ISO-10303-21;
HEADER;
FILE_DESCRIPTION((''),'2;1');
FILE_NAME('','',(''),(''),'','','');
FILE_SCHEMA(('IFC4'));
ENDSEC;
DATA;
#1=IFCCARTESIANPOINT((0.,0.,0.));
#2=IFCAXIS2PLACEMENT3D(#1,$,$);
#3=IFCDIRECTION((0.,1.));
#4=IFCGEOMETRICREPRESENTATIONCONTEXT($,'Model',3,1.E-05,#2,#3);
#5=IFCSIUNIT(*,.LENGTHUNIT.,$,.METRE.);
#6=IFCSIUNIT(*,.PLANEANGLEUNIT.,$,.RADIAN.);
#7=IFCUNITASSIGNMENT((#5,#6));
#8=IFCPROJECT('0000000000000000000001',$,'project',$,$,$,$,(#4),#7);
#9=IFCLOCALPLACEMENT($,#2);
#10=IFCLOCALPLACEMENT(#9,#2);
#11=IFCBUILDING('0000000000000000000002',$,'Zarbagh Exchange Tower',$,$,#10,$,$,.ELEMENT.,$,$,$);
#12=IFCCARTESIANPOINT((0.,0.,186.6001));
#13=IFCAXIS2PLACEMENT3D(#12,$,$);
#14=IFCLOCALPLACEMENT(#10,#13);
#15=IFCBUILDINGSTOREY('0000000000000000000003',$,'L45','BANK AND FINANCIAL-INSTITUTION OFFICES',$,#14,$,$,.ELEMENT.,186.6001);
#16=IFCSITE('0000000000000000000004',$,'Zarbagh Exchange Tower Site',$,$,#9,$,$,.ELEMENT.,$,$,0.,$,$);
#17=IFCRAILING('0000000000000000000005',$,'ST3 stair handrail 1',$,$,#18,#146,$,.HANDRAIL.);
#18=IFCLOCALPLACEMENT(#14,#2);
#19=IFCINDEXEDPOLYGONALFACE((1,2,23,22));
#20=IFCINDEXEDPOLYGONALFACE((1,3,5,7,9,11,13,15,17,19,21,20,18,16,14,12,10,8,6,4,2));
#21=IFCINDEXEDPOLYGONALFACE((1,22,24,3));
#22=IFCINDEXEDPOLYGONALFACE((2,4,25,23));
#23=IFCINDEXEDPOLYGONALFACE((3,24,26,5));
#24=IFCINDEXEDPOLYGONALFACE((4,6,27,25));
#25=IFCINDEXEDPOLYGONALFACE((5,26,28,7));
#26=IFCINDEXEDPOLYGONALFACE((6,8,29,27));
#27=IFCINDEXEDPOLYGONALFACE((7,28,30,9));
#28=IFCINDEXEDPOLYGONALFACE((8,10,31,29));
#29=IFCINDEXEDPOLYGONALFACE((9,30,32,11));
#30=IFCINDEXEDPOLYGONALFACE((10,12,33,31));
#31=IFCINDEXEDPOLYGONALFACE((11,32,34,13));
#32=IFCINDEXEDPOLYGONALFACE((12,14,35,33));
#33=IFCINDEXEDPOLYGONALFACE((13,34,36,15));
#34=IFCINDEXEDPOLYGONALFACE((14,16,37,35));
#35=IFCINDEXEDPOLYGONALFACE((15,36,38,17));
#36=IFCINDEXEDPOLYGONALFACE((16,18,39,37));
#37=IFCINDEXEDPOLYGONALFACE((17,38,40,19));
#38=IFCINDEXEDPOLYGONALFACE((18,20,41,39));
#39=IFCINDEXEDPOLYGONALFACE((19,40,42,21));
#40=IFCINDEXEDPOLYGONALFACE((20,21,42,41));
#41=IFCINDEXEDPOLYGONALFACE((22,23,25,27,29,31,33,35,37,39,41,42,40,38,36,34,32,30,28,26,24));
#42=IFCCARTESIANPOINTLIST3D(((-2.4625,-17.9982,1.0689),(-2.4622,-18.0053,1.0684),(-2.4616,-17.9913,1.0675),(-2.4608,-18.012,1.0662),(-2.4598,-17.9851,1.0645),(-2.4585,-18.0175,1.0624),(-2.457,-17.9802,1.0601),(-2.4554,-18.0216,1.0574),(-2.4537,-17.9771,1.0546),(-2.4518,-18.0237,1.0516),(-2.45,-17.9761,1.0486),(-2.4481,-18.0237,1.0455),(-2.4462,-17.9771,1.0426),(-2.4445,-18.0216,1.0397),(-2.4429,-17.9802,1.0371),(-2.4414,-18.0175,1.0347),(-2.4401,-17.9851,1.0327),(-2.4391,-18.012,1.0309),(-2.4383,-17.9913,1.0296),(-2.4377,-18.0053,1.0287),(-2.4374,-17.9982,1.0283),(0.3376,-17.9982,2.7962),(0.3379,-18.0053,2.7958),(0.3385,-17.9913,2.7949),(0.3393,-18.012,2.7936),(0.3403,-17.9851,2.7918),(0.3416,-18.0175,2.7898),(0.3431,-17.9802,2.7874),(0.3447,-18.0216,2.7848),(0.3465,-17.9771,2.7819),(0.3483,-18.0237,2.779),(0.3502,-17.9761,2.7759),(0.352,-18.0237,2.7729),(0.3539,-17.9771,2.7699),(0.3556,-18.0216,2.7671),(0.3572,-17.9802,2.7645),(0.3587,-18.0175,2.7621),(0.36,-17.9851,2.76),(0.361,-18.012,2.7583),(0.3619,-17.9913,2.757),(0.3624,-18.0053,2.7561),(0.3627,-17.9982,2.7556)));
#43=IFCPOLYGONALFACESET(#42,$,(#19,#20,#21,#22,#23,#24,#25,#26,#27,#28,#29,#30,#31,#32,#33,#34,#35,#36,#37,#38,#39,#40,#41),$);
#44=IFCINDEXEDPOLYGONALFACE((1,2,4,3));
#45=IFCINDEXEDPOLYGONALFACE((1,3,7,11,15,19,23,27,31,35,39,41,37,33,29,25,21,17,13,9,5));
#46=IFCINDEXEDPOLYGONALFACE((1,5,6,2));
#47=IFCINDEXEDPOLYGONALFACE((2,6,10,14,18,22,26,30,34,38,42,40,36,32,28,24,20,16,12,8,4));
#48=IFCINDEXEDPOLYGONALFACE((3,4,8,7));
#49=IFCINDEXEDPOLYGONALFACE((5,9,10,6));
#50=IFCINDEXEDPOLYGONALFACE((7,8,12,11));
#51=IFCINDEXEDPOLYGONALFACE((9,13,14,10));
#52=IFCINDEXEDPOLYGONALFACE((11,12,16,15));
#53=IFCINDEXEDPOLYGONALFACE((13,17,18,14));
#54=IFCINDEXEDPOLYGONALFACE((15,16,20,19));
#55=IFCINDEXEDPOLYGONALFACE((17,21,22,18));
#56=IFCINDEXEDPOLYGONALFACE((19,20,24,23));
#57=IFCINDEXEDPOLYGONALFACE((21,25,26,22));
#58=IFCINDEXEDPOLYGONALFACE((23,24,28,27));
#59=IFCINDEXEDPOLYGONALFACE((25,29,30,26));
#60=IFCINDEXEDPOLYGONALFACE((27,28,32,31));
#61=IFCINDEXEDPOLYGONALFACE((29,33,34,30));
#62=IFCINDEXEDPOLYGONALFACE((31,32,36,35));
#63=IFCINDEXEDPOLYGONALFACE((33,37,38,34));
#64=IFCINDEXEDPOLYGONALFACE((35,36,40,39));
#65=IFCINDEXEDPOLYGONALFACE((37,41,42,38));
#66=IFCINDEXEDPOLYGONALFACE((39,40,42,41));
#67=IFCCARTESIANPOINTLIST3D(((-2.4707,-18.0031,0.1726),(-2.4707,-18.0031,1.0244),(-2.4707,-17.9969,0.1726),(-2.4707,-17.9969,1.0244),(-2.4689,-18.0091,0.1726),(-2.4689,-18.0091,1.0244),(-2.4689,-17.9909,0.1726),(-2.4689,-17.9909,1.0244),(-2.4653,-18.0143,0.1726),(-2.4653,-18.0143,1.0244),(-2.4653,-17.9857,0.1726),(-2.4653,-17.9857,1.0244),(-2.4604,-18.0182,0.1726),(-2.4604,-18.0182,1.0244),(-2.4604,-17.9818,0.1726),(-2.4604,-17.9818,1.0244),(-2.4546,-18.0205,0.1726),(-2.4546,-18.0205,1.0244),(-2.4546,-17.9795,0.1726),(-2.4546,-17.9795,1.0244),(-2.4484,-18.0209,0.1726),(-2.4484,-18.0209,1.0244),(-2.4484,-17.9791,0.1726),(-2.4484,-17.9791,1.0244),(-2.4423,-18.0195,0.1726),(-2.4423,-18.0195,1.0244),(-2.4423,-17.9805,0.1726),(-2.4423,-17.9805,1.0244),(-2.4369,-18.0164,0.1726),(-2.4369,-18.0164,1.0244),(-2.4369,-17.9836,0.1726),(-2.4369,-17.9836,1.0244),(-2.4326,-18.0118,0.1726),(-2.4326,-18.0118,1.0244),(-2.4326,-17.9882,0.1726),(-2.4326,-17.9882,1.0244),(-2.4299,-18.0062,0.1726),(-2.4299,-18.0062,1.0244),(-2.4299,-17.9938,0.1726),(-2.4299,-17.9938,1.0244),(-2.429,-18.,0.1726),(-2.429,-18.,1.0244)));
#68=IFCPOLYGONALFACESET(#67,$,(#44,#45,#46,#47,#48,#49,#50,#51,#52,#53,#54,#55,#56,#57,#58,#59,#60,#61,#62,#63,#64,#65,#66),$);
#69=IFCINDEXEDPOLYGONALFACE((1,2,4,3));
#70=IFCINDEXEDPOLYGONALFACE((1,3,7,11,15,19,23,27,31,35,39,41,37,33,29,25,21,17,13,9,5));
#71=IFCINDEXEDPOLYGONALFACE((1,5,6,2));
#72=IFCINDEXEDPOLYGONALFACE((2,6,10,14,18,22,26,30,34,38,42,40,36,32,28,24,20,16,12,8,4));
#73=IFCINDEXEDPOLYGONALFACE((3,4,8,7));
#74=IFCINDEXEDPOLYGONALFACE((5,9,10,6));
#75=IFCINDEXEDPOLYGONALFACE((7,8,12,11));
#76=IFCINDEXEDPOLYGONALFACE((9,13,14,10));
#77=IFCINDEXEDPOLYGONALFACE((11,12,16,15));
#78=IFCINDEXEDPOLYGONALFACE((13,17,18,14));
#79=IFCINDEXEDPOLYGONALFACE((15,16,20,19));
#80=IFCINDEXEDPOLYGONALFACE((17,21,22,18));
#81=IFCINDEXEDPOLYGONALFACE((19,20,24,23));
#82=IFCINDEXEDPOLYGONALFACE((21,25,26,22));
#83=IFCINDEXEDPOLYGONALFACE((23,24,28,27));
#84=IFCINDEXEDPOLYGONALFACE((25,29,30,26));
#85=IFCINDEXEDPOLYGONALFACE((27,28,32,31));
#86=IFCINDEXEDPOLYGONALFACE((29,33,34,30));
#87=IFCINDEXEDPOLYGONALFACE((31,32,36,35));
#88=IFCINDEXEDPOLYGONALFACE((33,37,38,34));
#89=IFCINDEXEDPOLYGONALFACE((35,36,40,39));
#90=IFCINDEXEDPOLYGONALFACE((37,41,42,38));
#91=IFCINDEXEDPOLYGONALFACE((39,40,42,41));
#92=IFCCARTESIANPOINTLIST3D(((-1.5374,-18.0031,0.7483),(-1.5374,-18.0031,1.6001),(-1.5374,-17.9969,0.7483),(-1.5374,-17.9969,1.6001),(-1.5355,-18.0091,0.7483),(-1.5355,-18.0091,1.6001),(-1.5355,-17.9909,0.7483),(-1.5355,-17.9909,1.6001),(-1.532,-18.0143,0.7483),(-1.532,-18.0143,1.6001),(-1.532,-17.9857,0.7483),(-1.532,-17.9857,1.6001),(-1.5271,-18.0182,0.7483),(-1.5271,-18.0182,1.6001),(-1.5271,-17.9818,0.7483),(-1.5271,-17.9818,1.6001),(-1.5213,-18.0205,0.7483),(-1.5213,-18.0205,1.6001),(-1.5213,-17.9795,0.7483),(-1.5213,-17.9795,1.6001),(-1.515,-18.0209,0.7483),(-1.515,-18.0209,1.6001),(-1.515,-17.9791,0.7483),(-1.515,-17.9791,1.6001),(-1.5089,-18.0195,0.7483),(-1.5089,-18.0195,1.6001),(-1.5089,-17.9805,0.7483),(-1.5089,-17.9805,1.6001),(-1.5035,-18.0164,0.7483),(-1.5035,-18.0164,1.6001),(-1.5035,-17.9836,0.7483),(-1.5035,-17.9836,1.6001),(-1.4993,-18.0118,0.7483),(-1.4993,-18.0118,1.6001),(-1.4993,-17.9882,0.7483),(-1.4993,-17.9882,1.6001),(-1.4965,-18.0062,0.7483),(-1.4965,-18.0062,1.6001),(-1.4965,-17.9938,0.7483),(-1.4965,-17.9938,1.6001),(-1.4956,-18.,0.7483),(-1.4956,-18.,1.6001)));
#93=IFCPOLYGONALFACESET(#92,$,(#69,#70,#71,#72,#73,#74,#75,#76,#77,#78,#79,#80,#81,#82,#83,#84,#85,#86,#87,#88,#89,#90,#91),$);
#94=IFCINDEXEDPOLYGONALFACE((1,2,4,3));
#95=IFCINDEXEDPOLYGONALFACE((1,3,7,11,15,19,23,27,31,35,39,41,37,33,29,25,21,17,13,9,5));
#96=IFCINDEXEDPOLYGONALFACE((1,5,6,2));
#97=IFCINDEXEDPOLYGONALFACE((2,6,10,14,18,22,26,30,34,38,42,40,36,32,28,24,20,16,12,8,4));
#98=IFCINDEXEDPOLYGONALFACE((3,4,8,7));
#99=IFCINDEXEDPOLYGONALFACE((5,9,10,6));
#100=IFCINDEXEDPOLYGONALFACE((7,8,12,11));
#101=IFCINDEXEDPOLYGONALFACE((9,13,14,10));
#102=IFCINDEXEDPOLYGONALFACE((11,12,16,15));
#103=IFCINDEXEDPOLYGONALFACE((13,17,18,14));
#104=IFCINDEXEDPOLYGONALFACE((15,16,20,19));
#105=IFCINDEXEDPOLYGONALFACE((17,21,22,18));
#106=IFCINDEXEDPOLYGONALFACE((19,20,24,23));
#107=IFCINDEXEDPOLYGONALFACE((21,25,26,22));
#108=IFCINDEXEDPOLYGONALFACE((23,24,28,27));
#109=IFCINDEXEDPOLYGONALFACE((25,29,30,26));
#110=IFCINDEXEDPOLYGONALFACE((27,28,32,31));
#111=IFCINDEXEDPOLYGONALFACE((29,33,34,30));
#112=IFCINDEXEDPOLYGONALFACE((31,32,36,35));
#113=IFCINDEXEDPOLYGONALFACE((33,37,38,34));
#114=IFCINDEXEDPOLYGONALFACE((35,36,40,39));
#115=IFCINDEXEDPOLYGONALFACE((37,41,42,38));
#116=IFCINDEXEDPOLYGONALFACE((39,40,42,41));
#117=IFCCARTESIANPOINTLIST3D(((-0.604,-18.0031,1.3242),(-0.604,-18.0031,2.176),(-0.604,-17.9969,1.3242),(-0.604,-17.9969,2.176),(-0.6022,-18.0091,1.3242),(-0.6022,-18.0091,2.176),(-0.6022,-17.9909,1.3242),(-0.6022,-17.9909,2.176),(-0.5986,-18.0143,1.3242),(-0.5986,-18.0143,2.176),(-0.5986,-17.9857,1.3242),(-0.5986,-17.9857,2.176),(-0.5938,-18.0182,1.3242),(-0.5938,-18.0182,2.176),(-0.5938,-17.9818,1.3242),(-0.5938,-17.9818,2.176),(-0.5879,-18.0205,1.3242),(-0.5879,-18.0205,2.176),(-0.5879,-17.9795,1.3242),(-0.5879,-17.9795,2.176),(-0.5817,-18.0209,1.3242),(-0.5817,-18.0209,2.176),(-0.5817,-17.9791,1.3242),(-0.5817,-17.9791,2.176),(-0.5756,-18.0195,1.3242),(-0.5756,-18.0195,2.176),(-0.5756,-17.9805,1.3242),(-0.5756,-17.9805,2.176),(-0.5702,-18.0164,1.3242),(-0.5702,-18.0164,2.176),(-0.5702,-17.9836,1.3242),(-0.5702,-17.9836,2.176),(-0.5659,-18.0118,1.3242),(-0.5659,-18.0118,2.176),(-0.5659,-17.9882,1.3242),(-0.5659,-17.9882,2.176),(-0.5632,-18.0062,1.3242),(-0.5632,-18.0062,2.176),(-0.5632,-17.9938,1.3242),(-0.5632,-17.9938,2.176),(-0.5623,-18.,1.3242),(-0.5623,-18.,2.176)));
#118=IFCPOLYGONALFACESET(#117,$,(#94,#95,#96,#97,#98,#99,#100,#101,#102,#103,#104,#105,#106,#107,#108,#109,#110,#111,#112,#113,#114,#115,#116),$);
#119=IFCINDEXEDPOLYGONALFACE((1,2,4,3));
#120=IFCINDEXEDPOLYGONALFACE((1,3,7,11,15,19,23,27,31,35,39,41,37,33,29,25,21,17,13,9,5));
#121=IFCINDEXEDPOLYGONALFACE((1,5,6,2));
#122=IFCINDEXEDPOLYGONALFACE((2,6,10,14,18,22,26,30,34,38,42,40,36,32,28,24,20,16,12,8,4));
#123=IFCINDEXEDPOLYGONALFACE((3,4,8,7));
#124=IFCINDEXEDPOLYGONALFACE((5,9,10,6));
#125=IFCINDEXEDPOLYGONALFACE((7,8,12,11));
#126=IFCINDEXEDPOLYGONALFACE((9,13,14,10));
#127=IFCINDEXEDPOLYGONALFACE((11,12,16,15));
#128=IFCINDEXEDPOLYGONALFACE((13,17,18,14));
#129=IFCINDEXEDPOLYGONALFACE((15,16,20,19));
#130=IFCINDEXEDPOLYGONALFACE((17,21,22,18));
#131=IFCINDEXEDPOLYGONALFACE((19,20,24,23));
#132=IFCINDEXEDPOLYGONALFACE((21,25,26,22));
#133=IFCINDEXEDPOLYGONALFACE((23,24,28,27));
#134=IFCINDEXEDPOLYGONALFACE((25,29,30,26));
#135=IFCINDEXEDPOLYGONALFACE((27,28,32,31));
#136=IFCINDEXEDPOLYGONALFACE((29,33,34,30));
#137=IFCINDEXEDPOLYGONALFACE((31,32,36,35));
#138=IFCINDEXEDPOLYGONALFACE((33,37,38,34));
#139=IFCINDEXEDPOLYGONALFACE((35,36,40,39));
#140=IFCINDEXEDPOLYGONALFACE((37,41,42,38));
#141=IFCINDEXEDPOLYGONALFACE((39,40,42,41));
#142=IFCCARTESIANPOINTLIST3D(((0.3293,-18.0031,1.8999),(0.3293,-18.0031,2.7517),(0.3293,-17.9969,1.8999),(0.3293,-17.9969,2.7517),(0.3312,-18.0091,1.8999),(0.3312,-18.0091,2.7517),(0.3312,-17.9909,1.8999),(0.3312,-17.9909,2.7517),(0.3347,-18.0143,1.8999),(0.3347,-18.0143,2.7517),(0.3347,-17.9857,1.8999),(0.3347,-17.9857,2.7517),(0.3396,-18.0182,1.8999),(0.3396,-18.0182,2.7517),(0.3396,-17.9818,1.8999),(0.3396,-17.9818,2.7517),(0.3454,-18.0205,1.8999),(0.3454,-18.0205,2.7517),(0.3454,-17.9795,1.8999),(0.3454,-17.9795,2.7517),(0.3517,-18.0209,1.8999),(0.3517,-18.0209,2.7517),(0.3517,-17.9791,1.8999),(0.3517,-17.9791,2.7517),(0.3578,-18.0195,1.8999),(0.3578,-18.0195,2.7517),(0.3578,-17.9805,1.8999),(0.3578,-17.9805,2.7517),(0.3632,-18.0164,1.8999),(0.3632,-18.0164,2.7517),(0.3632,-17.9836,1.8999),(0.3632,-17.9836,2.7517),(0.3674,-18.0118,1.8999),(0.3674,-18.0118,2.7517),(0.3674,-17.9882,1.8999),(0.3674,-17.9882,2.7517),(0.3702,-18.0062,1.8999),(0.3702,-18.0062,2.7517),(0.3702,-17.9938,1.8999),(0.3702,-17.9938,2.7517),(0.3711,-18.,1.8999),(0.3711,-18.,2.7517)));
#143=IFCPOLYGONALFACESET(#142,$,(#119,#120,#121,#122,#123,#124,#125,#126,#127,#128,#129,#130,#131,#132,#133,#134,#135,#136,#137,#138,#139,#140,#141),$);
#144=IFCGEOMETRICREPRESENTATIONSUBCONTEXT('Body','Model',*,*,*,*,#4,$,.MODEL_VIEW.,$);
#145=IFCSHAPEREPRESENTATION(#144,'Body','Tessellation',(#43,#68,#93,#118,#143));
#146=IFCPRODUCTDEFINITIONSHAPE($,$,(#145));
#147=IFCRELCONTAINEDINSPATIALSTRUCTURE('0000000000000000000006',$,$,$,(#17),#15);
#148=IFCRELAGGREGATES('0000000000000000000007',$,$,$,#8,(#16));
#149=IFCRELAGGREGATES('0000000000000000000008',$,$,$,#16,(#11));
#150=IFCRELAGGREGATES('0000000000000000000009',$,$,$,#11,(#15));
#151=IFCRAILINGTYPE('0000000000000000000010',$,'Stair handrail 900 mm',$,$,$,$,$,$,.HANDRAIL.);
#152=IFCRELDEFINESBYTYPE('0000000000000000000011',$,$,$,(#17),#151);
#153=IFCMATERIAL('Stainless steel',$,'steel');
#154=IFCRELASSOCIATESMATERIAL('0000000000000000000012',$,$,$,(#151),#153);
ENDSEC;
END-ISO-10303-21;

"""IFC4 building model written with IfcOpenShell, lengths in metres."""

from ifc_helpers import new_model, si_unit, direction, frame, origin, origin_2d, place, context, subcontext, project, spatial, circle, extrude, material, type_object, element, save


model = new_model("IFC4")

# Units and contexts
model_context = context("Model", 3, precision=1e-05, world=origin(), true_north=direction((0.0, 1.0)))
body_context = subcontext(model_context, "Body", "Model", "MODEL_VIEW")
ifc_project = project(units=[si_unit("LENGTHUNIT", "METRE"), si_unit("PLANEANGLEUNIT", "RADIAN")], contexts=[model_context])

# Site, building, storey
site_placement = place(None, origin())
site = spatial("IfcSite", under=ifc_project, at=site_placement, Name="Zarbagh Exchange Tower Site", CompositionType="ELEMENT", RefElevation=0.0)
building_placement = place(site_placement, origin())
building = spatial("IfcBuilding", under=site, at=building_placement, Name="Zarbagh Exchange Tower", CompositionType="ELEMENT")
storey_placement = place(building_placement, frame((0.0, 0.0, 186.6001)))
storey = spatial("IfcBuildingStorey", under=building, at=storey_placement, Name="L45", Description="BANK AND FINANCIAL-INSTITUTION OFFICES", CompositionType="ELEMENT", Elevation=186.6001)

# Railing
ifc_material_1 = material(Name="Stainless steel", Category="steel")
railing_type = type_object("IfcRailingType", Name="Stair handrail 900 mm", PredefinedType="HANDRAIL", material=ifc_material_1)
railing_placement = place(storey_placement, frame((-2.45, -18.0, 0.1726)))
element("IfcRailing", 1, at=railing_placement, inside=storey, type_object=railing_type, Name="ST3 stair handrail 1", PredefinedType="HANDRAIL", context=body_context, shape_type="SweptSolid", body=[
    extrude(circle(Radius=0.0239, at=origin_2d()), frame((0.0, 0.0, 0.876), z_axis=(0.85109, 0.0, 0.52502), x_axis=(0.0, 1.0, 0.0)), (0.0, 0.0, 1.0), 3.29),
    extrude(circle(Radius=0.021, at=origin_2d()), origin(), (0.0, 0.0, 1.0), 0.8518),
    extrude(circle(Radius=0.021, at=origin_2d()), frame((0.9333, 0.0, 0.5757)), (0.0, 0.0, 1.0), 0.8518),
    extrude(circle(Radius=0.021, at=origin_2d()), frame((1.8667, 0.0, 1.1516)), (0.0, 0.0, 1.0), 0.8518),
    extrude(circle(Radius=0.021, at=origin_2d()), frame((2.8, 0.0, 1.7273)), (0.0, 0.0, 1.0), 0.8518),
])

save(model, "model.ifc")
